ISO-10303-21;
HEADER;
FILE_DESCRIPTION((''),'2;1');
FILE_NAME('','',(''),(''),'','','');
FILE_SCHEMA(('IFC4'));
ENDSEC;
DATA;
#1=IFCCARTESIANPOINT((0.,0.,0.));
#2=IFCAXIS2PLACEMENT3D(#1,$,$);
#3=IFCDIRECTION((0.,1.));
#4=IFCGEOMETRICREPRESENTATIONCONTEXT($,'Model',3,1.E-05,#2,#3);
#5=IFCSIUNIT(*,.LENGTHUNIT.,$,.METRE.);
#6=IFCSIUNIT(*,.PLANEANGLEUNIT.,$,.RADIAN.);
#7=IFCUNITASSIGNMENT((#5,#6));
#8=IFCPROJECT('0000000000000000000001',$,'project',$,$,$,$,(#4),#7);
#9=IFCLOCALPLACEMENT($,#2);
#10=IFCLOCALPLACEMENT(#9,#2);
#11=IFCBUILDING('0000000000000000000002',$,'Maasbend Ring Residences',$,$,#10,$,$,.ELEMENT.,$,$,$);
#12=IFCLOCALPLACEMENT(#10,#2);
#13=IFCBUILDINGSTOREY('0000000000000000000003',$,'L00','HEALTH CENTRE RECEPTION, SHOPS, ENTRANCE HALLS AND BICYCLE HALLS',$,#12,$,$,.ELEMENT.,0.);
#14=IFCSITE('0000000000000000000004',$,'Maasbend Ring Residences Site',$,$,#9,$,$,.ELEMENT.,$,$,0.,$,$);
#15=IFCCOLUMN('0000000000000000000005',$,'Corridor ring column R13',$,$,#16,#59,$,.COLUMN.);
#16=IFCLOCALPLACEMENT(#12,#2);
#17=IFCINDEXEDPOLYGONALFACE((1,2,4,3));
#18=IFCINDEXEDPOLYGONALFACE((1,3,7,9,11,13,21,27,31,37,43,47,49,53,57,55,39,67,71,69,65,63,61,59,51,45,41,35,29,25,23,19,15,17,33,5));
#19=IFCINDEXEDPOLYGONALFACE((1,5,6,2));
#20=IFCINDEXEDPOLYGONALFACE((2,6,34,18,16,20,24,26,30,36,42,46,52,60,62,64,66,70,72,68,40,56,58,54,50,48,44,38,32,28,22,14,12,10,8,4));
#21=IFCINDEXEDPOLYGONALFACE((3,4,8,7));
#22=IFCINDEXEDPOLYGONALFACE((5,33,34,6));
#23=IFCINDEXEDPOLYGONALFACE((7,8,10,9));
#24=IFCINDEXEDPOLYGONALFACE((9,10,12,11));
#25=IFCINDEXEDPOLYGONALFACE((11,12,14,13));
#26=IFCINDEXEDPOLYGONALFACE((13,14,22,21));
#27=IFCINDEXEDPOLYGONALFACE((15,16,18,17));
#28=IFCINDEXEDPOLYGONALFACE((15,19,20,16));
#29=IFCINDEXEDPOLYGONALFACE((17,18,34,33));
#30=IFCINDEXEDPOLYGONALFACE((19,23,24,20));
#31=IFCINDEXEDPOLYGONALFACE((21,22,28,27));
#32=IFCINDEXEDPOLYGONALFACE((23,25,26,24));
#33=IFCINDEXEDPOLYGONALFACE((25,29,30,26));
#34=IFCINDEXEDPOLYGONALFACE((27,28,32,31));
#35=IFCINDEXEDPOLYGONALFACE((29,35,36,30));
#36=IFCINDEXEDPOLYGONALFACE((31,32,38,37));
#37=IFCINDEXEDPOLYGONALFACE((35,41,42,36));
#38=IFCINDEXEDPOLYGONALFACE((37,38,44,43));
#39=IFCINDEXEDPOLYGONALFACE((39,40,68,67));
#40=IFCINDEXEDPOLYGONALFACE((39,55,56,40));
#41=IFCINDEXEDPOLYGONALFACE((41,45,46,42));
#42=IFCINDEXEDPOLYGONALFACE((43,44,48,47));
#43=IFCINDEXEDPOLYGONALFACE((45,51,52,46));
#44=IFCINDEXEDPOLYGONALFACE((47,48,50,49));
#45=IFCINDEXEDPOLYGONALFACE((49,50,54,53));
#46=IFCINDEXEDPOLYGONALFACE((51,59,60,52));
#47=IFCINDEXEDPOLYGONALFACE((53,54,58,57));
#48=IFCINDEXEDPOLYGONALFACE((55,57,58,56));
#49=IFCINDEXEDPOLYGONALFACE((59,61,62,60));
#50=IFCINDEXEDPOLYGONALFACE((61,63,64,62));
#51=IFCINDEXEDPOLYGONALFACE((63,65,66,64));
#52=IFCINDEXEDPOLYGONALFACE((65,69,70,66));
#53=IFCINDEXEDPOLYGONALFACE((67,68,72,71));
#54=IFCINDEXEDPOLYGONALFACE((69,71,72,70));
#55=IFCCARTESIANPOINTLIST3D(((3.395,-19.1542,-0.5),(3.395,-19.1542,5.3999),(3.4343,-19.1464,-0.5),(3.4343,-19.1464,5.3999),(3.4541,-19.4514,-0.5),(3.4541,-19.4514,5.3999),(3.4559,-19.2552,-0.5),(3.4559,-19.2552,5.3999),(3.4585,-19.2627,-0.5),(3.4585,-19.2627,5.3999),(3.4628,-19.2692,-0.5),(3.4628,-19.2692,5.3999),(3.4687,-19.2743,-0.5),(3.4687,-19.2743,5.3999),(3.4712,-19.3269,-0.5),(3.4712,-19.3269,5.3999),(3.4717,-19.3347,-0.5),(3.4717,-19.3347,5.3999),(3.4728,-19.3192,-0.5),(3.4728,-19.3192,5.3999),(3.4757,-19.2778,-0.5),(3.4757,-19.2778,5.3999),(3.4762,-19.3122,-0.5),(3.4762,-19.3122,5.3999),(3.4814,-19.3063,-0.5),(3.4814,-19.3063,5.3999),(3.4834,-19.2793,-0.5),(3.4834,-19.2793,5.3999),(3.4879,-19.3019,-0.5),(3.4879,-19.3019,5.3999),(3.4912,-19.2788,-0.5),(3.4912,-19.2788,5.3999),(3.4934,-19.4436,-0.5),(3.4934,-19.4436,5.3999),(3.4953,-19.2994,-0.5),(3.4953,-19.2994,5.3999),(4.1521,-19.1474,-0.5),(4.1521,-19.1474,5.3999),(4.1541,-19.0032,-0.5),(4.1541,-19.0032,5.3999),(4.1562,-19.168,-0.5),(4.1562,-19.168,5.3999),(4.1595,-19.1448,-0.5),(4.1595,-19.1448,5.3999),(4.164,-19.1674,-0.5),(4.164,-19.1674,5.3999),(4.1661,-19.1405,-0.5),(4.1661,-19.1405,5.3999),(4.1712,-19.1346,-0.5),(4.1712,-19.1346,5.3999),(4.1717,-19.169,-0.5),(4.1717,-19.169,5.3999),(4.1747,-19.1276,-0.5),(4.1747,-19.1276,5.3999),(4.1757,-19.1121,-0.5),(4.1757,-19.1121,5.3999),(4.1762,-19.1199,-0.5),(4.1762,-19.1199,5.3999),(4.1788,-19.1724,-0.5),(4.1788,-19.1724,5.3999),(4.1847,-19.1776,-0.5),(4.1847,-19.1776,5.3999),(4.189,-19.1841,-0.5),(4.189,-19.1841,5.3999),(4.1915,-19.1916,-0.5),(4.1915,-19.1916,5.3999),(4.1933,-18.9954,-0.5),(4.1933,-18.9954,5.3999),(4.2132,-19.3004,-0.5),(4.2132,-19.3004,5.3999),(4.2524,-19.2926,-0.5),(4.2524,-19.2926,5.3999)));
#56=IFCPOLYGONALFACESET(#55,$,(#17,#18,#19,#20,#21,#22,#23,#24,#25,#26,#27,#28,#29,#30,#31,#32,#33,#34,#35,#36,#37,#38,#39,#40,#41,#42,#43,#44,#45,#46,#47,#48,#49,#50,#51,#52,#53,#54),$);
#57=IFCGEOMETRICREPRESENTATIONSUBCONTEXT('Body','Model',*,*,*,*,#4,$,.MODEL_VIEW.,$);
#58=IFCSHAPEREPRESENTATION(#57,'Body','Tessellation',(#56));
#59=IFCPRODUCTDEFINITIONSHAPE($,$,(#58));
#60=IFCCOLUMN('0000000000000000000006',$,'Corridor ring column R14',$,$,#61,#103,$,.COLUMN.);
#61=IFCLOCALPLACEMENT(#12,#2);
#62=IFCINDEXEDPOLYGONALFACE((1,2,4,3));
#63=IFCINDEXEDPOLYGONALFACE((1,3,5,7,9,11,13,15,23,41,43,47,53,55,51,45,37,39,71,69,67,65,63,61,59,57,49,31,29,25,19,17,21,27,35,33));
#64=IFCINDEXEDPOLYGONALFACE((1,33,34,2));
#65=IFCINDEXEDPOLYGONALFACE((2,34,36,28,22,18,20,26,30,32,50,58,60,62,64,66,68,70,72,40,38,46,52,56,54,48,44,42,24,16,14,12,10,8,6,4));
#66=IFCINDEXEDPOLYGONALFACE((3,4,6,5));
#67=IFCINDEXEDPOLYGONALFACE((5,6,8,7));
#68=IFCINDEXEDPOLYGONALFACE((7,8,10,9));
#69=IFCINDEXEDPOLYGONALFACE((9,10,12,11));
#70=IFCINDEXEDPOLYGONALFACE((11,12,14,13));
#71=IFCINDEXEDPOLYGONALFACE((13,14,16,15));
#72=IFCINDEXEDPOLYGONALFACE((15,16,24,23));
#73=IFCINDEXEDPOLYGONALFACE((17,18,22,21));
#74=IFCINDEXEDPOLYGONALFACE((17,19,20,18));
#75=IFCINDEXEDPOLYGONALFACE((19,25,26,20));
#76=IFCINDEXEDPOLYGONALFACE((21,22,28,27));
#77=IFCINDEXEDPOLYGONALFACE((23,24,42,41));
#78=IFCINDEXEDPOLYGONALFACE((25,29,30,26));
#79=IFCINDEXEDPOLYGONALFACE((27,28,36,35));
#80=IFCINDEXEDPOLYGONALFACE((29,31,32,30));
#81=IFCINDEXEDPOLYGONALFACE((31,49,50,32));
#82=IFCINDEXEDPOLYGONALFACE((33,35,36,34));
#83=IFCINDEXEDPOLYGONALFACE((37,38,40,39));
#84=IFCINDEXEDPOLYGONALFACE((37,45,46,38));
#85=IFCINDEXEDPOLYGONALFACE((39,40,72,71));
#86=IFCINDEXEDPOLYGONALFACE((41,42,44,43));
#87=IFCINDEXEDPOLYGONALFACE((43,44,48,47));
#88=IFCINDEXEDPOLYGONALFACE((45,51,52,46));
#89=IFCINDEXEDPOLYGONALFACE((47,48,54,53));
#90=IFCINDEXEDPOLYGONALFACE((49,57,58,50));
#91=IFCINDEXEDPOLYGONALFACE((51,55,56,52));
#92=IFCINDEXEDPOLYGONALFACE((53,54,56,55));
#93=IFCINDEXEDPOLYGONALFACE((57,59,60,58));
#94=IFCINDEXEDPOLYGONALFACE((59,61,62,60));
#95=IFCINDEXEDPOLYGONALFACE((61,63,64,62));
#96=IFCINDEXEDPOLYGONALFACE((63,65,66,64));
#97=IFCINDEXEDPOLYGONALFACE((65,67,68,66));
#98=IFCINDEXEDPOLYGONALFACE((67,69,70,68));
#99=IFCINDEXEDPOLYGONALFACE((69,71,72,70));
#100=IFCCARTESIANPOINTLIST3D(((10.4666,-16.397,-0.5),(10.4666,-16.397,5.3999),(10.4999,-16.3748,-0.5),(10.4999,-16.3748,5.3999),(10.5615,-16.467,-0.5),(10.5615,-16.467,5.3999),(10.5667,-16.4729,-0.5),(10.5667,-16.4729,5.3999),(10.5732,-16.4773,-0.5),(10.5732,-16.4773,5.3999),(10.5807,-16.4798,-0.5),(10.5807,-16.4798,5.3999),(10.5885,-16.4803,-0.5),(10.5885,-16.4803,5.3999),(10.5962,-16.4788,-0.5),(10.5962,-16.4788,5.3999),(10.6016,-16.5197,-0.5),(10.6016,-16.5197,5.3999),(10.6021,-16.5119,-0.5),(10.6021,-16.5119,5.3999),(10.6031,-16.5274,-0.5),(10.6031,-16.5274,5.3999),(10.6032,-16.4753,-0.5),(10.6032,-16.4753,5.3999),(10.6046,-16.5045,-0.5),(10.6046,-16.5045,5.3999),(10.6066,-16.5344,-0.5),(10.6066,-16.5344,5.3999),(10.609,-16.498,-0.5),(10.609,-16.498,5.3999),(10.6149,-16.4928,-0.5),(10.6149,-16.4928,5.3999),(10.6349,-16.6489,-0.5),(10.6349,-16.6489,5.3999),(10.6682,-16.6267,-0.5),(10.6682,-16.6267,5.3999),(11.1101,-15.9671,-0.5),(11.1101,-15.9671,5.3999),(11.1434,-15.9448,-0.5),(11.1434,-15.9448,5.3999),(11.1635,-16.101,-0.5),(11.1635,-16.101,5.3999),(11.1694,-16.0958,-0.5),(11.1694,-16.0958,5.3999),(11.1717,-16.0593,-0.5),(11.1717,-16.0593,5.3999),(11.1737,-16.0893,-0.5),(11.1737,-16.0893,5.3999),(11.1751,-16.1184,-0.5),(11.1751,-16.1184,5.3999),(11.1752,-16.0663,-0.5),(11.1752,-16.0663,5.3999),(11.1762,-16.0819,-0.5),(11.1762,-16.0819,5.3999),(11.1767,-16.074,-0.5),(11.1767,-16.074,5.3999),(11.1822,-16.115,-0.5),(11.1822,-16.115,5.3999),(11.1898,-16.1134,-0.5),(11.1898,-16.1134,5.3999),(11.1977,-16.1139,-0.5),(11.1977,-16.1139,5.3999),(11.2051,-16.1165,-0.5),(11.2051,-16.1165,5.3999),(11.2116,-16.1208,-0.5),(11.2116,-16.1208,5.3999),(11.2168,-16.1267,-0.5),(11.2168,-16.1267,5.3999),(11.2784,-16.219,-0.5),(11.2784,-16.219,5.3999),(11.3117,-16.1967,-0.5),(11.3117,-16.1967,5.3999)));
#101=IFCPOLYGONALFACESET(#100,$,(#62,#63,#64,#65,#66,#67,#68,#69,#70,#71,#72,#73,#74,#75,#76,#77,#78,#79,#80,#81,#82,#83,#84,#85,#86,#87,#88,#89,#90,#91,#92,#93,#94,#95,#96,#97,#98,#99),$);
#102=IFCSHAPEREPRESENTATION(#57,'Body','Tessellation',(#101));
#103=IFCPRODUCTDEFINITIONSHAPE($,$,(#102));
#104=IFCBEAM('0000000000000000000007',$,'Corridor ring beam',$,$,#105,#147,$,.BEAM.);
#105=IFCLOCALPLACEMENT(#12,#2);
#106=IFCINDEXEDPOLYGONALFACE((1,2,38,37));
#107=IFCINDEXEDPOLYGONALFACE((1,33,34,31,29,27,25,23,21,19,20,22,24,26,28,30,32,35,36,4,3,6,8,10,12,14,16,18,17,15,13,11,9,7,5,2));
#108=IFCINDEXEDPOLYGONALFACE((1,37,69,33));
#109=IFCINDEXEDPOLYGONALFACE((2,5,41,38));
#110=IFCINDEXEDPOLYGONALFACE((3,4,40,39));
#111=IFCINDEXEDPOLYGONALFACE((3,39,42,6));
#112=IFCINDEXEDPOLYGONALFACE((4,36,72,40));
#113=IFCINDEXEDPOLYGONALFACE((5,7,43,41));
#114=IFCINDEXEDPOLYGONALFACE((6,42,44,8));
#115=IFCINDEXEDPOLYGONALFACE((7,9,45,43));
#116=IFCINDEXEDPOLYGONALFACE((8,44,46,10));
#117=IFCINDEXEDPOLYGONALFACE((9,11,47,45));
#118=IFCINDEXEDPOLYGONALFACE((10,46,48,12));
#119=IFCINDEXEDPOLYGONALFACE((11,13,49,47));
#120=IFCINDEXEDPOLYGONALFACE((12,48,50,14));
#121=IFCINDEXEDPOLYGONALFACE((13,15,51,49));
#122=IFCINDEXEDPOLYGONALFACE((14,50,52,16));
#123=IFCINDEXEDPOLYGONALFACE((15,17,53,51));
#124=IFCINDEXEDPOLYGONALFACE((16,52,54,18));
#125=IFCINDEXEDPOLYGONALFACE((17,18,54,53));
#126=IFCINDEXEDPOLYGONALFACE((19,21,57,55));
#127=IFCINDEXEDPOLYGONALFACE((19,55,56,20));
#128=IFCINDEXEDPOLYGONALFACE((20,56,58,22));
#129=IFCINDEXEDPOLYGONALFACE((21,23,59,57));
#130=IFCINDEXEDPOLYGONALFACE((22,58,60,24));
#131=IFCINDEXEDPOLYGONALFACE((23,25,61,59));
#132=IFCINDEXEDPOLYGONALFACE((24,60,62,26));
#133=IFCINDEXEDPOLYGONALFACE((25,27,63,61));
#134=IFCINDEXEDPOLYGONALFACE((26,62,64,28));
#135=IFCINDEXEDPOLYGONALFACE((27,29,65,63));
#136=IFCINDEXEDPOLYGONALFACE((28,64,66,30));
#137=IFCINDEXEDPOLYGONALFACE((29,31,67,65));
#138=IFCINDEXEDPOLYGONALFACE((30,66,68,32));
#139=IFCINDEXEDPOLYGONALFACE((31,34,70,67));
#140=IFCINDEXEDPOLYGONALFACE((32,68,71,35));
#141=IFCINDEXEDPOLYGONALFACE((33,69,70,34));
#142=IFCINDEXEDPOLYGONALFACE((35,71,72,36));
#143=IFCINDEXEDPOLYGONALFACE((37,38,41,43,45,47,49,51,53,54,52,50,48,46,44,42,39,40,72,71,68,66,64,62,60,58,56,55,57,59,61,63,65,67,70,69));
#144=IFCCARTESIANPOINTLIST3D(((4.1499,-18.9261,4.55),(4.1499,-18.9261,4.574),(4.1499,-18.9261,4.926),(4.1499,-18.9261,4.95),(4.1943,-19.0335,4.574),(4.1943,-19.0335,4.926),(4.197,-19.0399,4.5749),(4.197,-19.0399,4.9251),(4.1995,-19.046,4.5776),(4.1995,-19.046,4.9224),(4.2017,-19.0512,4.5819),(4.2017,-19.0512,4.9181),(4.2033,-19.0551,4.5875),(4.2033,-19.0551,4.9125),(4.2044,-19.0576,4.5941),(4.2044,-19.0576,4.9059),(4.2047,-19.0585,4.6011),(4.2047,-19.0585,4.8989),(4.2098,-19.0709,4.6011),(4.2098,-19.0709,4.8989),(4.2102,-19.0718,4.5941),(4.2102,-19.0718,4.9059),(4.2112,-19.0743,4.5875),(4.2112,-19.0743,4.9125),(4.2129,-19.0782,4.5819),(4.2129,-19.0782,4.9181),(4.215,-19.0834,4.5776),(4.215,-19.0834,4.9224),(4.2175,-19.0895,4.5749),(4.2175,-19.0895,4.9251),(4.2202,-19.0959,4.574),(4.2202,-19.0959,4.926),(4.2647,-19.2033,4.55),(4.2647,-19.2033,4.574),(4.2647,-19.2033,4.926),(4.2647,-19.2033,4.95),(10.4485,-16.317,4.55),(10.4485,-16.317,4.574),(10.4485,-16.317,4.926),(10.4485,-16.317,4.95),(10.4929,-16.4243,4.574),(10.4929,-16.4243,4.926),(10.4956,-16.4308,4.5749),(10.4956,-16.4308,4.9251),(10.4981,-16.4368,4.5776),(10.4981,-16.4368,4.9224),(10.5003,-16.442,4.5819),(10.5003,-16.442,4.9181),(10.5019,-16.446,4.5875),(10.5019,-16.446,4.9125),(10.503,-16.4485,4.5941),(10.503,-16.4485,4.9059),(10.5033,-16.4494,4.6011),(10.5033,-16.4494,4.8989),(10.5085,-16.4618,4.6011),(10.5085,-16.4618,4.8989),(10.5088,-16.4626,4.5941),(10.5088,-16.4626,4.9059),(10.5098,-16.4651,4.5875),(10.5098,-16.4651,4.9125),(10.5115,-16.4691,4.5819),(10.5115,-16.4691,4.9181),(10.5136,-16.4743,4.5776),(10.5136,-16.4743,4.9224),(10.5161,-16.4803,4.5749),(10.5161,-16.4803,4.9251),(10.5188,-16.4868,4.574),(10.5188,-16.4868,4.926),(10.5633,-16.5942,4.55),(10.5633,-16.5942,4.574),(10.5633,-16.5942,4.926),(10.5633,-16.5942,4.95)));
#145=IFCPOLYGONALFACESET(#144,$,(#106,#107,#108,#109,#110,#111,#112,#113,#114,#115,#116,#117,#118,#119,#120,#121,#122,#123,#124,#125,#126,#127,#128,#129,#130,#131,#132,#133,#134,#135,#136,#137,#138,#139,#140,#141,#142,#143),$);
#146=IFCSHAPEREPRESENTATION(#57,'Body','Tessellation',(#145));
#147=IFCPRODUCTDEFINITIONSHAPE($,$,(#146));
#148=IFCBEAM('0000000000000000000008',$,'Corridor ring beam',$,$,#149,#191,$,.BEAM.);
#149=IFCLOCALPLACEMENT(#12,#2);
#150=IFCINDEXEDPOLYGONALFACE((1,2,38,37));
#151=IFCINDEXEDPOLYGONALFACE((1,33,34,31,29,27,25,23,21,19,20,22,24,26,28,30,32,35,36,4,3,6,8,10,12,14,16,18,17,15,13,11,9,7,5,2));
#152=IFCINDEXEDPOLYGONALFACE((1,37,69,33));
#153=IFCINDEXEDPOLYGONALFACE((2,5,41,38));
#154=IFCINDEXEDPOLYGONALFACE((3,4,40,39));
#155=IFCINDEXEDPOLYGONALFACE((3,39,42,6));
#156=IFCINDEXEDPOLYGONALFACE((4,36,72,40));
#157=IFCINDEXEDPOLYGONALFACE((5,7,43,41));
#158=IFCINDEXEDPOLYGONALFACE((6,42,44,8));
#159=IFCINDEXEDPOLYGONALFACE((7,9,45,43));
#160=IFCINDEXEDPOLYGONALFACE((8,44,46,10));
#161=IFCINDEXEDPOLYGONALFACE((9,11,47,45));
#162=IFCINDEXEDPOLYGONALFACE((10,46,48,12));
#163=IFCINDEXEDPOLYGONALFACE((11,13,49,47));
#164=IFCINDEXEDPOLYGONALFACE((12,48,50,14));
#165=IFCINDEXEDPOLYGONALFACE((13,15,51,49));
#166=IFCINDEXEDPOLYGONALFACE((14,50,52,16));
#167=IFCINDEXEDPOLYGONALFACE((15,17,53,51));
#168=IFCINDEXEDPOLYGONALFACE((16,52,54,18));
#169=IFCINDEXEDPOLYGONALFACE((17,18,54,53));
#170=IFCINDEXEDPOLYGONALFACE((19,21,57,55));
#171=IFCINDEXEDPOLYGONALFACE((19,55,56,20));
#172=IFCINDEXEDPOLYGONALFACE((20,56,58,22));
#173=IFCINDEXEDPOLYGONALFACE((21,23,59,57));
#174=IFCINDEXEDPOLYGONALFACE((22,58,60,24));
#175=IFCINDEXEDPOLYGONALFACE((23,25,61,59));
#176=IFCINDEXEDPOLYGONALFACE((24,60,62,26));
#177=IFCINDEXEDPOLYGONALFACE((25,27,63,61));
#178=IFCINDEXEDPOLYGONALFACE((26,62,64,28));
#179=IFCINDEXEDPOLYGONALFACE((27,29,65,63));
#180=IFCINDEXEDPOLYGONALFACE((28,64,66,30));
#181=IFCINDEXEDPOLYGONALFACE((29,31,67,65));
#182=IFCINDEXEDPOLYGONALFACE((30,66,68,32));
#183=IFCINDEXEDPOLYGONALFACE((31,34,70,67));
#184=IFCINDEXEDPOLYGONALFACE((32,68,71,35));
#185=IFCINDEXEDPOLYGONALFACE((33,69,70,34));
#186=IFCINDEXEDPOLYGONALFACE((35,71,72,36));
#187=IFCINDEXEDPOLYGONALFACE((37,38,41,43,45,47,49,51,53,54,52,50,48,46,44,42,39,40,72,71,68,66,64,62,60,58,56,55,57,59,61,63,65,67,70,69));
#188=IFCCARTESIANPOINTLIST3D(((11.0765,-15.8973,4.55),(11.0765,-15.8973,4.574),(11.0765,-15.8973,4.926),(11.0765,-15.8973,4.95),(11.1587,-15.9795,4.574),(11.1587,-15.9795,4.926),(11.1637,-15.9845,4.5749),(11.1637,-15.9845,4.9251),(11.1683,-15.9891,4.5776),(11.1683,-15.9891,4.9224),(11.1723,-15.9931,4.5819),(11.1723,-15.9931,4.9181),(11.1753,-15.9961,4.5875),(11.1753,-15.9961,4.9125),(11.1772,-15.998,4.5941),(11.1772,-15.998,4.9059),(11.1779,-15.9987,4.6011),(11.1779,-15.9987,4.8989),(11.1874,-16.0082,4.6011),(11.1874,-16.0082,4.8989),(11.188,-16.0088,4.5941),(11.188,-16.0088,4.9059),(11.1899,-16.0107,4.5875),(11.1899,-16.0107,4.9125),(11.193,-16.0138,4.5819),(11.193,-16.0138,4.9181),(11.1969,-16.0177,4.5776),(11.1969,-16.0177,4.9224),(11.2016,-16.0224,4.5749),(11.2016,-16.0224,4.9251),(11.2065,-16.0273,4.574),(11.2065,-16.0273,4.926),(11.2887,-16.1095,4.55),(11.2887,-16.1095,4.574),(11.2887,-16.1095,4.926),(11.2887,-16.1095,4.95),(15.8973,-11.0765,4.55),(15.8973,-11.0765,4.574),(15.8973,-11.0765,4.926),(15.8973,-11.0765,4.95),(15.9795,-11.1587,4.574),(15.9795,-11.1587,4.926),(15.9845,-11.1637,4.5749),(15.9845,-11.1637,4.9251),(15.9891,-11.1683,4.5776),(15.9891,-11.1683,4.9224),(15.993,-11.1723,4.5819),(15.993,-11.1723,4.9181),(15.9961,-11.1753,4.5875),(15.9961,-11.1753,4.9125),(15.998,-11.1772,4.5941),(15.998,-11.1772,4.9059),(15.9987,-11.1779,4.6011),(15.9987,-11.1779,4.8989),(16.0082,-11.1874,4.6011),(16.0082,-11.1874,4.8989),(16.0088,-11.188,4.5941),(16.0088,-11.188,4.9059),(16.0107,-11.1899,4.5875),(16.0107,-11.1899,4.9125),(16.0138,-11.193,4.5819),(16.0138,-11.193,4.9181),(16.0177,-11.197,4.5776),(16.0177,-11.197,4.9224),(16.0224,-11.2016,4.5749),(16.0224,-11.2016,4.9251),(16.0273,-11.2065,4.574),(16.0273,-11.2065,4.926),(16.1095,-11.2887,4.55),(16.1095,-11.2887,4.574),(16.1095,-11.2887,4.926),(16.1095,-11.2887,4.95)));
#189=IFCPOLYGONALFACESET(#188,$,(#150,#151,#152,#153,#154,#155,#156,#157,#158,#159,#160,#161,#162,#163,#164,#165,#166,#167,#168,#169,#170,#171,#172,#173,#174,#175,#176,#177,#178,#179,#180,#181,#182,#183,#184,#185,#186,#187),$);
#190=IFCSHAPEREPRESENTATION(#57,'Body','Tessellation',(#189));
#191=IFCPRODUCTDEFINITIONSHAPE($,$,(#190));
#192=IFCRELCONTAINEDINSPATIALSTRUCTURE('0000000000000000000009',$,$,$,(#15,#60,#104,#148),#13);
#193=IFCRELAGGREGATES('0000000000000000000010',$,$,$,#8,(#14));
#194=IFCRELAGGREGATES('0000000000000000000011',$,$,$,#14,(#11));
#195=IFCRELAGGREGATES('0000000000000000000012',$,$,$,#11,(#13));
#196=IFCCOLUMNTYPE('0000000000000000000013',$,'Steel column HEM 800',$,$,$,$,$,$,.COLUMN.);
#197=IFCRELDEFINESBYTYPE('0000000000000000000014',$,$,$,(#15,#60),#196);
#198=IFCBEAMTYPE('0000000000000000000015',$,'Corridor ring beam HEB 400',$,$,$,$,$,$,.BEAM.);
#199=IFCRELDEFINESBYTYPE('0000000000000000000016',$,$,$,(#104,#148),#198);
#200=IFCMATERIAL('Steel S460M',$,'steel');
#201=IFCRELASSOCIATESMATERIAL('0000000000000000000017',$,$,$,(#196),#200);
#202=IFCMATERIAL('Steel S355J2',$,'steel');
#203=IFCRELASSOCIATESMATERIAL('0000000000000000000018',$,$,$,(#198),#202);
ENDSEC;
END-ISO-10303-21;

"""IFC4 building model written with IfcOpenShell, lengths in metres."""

from ifc_helpers import new_model, si_unit, direction, frame, origin, origin_2d, place, context, subcontext, project, spatial, i_section, extrude, material, material_profile, profile_set, type_object, element, save


model = new_model("IFC4")

# Units and contexts
model_context = context("Model", 3, precision=1e-05, world=origin(), true_north=direction((0.0, 1.0)))
body_context = subcontext(model_context, "Body", "Model", "MODEL_VIEW")
ifc_project = project(units=[si_unit("LENGTHUNIT", "METRE"), si_unit("PLANEANGLEUNIT", "RADIAN")], contexts=[model_context])

# Site, building, storey
site_placement = place(None, origin())
site = spatial("IfcSite", under=ifc_project, at=site_placement, Name="Maasbend Ring Residences Site", CompositionType="ELEMENT", RefElevation=0.0)
building_placement = place(site_placement, origin())
building = spatial("IfcBuilding", under=site, at=building_placement, Name="Maasbend Ring Residences", CompositionType="ELEMENT")
storey_placement = place(building_placement, origin())
storey = spatial("IfcBuildingStorey", under=building, at=storey_placement, Name="L00", Description="HEALTH CENTRE RECEPTION, SHOPS, ENTRANCE HALLS AND BICYCLE HALLS", CompositionType="ELEMENT", Elevation=0.0)

# Columns
ifc_material_1 = material(Name="Steel S460M", Category="steel")
ifc_material_profile_1 = material_profile(ifc_material_1, i_section(OverallWidth=0.303, OverallDepth=0.814, WebThickness=0.021, FlangeThickness=0.04, FilletRadius=0.03, at=origin_2d()), Name="HEM 800")
ifc_profile_set_1 = profile_set([ifc_material_profile_1], Name="Steel S460M")
column_type = type_object("IfcColumnType", Name="Steel column HEM 800", PredefinedType="COLUMN", material=ifc_profile_set_1)
for number, where, z_axis, x_axis, name in (
    (1, (3.8237, -19.2234, -0.5), (0.0, 0.0, 1.0), (0.19509, -0.980785, 0.0), "Corridor ring column R13"),
    (2, (10.8892, -16.2969, -0.5), (0.0, 0.0, 1.0), (0.55557, -0.83147, 0.0), "Corridor ring column R14"),
):
    element("IfcColumn", number, at=place(storey_placement, frame(where, z_axis=z_axis, x_axis=x_axis)), inside=storey, type_object=column_type, Name=name, PredefinedType="COLUMN", context=body_context, shape_type="SweptSolid", body=[
        extrude(i_section(OverallWidth=0.303, OverallDepth=0.814, WebThickness=0.021, FlangeThickness=0.04, FilletRadius=0.03, at=origin_2d()), origin(), (0.0, 0.0, 1.0), 5.8999),
    ])

# Beams
ifc_material_2 = material(Name="Steel S355J2", Category="steel")
ifc_material_profile_2 = material_profile(ifc_material_2, i_section(OverallWidth=0.3, OverallDepth=0.3999, WebThickness=0.0134, FlangeThickness=0.0239, FilletRadius=0.0271, at=origin_2d()), Name="HEB 400")
ifc_profile_set_2 = profile_set([ifc_material_profile_2], Name="Steel S355J2")
beam_type = type_object("IfcBeamType", Name="Corridor ring beam HEB 400", PredefinedType="BEAM", material=ifc_profile_set_2)
for number, where, z_axis, x_axis, name in (
    (3, (4.2073, -19.0647, 4.75), (0.923871, 0.382705, 0.0), (-0.382705, 0.923871, 0.0), "Corridor ring beam"),
    (4, (11.1826, -16.0034, 4.75), (0.707107, 0.707107, 0.0), (-0.707107, 0.707107, 0.0), "Corridor ring beam"),
):
    element("IfcBeam", number, at=place(storey_placement, frame(where, z_axis=z_axis, x_axis=x_axis)), inside=storey, type_object=beam_type, Name=name, PredefinedType="BEAM", context=body_context, shape_type="SweptSolid", body=[
        extrude(i_section(OverallWidth=0.3, OverallDepth=0.3999, WebThickness=0.0134, FlangeThickness=0.0239, FilletRadius=0.0271, at=origin_2d()), origin(), (0.0, 0.0, 1.0), 6.8176),
    ])

save(model, "model.ifc")
